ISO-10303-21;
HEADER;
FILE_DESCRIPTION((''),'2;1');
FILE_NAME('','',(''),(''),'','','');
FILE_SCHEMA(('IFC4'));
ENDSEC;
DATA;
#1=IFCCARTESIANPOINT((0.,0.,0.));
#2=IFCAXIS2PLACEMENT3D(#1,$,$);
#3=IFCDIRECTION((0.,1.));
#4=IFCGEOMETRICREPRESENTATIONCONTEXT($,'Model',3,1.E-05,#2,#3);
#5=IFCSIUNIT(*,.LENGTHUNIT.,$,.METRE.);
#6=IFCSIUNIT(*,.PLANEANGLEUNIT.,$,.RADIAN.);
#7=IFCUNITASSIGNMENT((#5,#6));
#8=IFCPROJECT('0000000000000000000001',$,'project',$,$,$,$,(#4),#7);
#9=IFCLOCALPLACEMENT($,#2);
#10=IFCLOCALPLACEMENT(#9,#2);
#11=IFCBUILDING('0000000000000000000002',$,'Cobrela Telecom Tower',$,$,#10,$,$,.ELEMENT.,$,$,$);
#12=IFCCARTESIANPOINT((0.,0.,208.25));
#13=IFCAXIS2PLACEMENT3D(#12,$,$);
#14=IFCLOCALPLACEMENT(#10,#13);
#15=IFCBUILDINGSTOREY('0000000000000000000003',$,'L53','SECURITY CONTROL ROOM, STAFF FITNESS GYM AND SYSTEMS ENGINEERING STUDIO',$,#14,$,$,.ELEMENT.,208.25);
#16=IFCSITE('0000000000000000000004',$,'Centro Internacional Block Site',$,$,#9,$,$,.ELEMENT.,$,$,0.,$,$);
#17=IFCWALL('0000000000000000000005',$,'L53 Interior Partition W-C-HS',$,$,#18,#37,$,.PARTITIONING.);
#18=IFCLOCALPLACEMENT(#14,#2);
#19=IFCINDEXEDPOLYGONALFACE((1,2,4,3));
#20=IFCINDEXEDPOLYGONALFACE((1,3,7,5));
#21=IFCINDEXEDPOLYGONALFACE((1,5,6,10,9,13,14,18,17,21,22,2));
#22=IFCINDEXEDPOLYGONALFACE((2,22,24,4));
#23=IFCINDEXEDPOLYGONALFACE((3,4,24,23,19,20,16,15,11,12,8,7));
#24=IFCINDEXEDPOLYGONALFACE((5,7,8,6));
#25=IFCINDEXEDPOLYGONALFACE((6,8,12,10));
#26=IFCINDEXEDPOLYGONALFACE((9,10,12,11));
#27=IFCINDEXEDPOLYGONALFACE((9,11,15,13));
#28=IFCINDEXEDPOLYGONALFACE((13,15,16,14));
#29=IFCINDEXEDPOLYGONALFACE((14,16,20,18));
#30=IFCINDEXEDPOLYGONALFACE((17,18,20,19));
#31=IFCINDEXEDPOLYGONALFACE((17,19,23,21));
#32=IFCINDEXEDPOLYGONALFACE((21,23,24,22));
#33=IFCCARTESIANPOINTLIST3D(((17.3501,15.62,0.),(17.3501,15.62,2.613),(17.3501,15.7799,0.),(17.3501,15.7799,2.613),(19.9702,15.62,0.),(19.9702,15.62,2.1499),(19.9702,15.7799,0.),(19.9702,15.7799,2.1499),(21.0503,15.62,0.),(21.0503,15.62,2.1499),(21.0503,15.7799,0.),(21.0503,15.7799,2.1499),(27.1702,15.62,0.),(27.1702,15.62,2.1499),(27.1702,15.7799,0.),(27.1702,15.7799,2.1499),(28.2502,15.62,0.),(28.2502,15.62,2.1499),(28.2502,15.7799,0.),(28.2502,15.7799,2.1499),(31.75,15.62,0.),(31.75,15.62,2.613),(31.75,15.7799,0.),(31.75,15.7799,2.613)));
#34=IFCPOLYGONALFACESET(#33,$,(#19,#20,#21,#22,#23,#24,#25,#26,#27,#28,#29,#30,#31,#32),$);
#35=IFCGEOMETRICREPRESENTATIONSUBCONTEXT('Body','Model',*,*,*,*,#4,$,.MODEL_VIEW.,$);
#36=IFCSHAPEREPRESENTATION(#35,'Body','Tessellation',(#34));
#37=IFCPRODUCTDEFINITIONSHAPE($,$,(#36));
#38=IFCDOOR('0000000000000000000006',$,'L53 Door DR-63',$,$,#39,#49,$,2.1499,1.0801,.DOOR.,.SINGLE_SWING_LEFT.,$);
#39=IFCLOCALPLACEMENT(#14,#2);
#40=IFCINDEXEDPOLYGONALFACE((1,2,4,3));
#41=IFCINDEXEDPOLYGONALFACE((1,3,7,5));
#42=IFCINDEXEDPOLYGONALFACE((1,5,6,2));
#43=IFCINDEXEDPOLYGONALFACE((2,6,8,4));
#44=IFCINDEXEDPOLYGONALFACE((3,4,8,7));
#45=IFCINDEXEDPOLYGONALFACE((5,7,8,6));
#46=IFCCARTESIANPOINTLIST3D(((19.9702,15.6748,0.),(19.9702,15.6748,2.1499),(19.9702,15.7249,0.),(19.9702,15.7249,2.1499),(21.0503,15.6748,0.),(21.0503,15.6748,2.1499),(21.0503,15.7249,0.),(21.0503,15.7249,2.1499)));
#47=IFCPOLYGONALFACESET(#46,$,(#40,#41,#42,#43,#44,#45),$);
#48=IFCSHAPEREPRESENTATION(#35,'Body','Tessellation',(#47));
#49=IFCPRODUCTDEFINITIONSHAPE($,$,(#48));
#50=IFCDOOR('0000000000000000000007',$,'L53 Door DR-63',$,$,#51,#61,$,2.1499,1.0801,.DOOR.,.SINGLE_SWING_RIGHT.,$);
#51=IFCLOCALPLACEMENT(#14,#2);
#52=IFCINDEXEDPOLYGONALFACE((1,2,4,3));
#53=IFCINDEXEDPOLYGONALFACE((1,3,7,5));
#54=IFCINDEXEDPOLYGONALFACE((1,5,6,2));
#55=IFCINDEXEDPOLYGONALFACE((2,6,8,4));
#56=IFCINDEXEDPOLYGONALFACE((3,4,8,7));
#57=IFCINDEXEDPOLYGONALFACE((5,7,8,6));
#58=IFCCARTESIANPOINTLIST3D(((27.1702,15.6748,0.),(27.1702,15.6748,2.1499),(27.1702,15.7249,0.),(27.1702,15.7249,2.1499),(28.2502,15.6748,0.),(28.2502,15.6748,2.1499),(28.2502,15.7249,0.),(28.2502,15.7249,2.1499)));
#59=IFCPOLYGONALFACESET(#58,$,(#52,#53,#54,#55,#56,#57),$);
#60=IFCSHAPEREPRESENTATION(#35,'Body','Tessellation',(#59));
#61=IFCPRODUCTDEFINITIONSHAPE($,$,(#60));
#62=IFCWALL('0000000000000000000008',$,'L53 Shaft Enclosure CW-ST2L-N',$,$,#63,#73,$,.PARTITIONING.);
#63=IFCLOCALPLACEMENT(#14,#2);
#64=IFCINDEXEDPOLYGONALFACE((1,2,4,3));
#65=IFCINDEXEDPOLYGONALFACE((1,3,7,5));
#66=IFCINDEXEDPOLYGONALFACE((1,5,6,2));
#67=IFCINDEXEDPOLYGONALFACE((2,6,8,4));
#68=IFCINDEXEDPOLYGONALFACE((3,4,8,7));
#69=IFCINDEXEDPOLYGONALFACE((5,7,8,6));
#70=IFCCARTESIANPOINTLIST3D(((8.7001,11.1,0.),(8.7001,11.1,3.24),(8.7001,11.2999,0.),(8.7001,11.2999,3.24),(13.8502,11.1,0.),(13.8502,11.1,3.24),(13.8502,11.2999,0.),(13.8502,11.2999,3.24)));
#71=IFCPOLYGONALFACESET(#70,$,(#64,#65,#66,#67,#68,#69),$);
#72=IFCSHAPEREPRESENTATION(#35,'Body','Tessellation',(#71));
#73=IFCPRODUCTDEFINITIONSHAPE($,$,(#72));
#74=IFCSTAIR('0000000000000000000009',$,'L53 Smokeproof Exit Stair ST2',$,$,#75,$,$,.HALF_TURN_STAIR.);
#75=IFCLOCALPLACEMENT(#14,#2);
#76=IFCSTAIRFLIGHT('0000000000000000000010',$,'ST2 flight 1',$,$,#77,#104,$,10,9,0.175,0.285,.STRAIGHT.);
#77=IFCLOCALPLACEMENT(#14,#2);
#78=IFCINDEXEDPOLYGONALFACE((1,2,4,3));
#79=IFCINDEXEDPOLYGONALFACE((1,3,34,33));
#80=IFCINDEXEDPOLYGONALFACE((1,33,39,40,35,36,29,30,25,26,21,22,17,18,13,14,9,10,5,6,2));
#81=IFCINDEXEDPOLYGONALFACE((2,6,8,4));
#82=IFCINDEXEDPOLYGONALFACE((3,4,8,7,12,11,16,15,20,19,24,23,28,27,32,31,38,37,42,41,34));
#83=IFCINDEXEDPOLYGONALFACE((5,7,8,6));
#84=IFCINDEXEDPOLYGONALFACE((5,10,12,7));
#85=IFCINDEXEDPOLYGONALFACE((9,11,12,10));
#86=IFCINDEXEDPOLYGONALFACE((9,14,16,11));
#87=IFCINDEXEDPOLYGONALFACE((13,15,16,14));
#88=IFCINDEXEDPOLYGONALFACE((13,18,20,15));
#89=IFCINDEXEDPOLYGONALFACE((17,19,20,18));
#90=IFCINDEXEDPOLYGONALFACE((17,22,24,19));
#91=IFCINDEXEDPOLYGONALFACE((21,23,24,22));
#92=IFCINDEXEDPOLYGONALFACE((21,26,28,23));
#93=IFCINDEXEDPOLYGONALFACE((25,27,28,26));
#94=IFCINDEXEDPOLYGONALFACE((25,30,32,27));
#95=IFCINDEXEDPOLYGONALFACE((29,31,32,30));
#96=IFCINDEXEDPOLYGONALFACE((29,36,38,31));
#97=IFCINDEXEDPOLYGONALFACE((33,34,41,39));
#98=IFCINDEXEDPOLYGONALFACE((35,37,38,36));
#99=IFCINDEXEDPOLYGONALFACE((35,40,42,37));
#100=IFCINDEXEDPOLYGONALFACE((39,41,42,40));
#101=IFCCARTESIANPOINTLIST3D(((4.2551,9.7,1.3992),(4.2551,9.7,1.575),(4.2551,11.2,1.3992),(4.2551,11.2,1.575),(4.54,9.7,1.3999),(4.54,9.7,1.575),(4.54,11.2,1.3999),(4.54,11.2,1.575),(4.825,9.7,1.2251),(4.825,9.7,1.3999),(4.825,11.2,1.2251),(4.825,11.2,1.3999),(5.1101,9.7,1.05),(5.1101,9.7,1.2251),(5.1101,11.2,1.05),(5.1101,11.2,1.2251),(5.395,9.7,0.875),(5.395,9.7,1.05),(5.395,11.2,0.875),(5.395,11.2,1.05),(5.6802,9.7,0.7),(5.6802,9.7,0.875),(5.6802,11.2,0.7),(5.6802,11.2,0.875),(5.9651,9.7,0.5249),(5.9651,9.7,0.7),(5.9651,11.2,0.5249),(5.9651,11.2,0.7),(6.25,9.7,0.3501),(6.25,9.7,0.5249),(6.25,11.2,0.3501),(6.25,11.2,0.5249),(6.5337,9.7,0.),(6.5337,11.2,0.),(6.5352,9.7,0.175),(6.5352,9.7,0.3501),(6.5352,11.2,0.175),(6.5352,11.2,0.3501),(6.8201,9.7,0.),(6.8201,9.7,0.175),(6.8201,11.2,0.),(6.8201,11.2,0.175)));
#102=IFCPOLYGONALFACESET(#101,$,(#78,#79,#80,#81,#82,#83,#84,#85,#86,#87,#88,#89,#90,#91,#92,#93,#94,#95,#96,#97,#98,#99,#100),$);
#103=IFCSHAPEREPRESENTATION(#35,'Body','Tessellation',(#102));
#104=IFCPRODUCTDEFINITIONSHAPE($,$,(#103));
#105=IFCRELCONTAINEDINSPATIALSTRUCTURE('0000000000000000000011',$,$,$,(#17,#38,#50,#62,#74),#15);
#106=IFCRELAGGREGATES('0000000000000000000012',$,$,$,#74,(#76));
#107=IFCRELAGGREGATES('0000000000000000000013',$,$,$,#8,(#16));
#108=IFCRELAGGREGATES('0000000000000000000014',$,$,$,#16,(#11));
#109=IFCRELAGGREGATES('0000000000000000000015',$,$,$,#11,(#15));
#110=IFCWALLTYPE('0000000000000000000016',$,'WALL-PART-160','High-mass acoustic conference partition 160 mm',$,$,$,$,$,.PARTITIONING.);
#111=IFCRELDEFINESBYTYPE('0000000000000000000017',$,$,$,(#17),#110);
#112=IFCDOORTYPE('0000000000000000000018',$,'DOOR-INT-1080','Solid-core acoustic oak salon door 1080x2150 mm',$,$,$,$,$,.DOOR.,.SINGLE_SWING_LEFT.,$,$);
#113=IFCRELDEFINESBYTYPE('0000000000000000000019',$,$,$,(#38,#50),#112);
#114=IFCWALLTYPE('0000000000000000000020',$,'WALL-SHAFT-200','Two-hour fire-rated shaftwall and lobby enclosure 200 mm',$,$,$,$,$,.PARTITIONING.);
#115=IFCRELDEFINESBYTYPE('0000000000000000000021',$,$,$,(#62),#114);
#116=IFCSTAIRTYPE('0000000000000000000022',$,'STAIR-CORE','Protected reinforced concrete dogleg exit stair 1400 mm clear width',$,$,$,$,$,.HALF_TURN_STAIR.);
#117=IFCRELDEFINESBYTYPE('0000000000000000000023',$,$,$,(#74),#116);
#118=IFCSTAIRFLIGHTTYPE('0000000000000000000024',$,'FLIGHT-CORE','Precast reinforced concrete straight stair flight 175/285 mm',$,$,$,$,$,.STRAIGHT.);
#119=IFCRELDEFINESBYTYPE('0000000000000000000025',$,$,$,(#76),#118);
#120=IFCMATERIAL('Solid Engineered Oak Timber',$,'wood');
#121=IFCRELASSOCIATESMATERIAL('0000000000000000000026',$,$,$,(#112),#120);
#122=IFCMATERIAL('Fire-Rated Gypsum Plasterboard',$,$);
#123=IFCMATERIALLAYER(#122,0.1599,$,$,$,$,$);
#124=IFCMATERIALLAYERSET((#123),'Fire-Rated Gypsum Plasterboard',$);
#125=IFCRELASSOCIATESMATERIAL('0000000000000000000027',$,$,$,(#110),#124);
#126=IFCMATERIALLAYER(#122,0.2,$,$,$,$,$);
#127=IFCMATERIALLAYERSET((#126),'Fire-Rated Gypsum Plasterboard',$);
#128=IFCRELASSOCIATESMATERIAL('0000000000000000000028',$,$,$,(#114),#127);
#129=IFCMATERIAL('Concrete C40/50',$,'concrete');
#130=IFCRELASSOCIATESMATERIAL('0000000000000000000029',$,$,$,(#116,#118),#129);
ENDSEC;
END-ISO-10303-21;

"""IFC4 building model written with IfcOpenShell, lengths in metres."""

from ifc_helpers import new_model, si_unit, direction, frame, frame_2d, origin, place, context, subcontext, project, spatial, polyline, rectangle, outline, extrude, material, layer, layer_set, type_object, element, fill, aggregate, save


model = new_model("IFC4")

# Units and contexts
model_context = context("Model", 3, precision=1e-05, world=origin(), true_north=direction((0.0, 1.0)))
body_context = subcontext(model_context, "Body", "Model", "MODEL_VIEW")
ifc_project = project(units=[si_unit("LENGTHUNIT", "METRE"), si_unit("PLANEANGLEUNIT", "RADIAN")], contexts=[model_context])

# Site, building, storey
site_placement = place(None, origin())
site = spatial("IfcSite", under=ifc_project, at=site_placement, Name="Centro Internacional Block Site", CompositionType="ELEMENT", RefElevation=0.0)
building_placement = place(site_placement, origin())
building = spatial("IfcBuilding", under=site, at=building_placement, Name="Cobrela Telecom Tower", CompositionType="ELEMENT")
storey_placement = place(building_placement, frame((0.0, 0.0, 208.25)))
storey = spatial("IfcBuildingStorey", under=building, at=storey_placement, Name="L53", Description="SECURITY CONTROL ROOM, STAFF FITNESS GYM AND SYSTEMS ENGINEERING STUDIO", CompositionType="ELEMENT", Elevation=208.25)

# Shared definitions
ifc_material_1 = material(Name="Fire-Rated Gypsum Plasterboard")
ifc_material_2 = material(Name="Solid Engineered Oak Timber", Category="wood")

# Shared definitions
door_type_1 = type_object("IfcDoorType", Name="DOOR-INT-1080", Description="Solid-core acoustic oak salon door 1080x2150 mm", OperationType="SINGLE_SWING_LEFT", PredefinedType="DOOR", material=ifc_material_2)

# Shared definitions
ifc_layer_1 = layer(ifc_material_1, 0.1599)
ifc_layer_set_1 = layer_set([ifc_layer_1], Name="Fire-Rated Gypsum Plasterboard")
wall_type_1 = type_object("IfcWallType", Name="WALL-PART-160", Description="High-mass acoustic conference partition 160 mm", PredefinedType="PARTITIONING", material=ifc_layer_set_1)

# Wall, openings, doors
wall_1_placement = place(storey_placement, frame((17.3501, 15.7, 0.0), z_axis=(0.0, 0.0, 1.0), x_axis=(1.0, 0.0, 0.0)))
wall_1 = element("IfcWall", 1, at=wall_1_placement, inside=storey, type_object=wall_type_1, Name="L53 Interior Partition W-C-HS", PredefinedType="PARTITIONING", context=body_context, shape_type="SweptSolid", body=[
    extrude(rectangle(XDim=14.3999, YDim=0.1599, at=frame_2d((7.2, 0.0))), origin(), (0.0, 0.0, 1.0), 2.613),
])
opening_1_placement = place(wall_1_placement, frame((2.6201, 0.0, 0.0)))
opening_1 = element("IfcOpeningElement", 2, at=opening_1_placement, cuts=wall_1, PredefinedType="OPENING", context=body_context, shape_type="SweptSolid", body=[
    extrude(rectangle(XDim=1.0801, YDim=2.1499, at=frame_2d((0.54, 1.075))), frame((0.0, 0.0918, 0.0), z_axis=(0.0, -1.0, 0.0), x_axis=(1.0, 0.0, 0.0)), (0.0, 0.0, 1.0), 0.1838),
])
opening_2_placement = place(wall_1_placement, frame((9.8201, 0.0, 0.0)))
opening_2 = element("IfcOpeningElement", 3, at=opening_2_placement, cuts=wall_1, PredefinedType="OPENING", context=body_context, shape_type="SweptSolid", body=[
    extrude(rectangle(XDim=1.0801, YDim=2.1499, at=frame_2d((0.54, 1.075))), frame((0.0, 0.0918, 0.0), z_axis=(0.0, -1.0, 0.0), x_axis=(1.0, 0.0, 0.0)), (0.0, 0.0, 1.0), 0.1838),
])
door_1_placement = place(opening_1_placement, origin())
door_1 = element("IfcDoor", 4, at=door_1_placement, inside=storey, type_object=door_type_1, Name="L53 Door DR-63", OperationType="SINGLE_SWING_LEFT", OverallHeight=2.1499, OverallWidth=1.0801, PredefinedType="DOOR", context=body_context, shape_type="SweptSolid", body=[
    extrude(rectangle(XDim=1.0801, YDim=2.1499, at=frame_2d((0.54, 1.075))), frame((0.0, 0.0249, 0.0), z_axis=(0.0, -1.0, 0.0), x_axis=(1.0, 0.0, 0.0)), (0.0, 0.0, 1.0), 0.05),
])
fill(opening_1, door_1)
door_2_placement = place(opening_2_placement, origin())
door_2 = element("IfcDoor", 5, at=door_2_placement, inside=storey, type_object=door_type_1, Name="L53 Door DR-63", OperationType="SINGLE_SWING_RIGHT", OverallHeight=2.1499, OverallWidth=1.0801, PredefinedType="DOOR", context=body_context, shape_type="SweptSolid", body=[
    extrude(rectangle(XDim=1.0801, YDim=2.1499, at=frame_2d((0.54, 1.075))), frame((0.0, 0.0249, 0.0), z_axis=(0.0, -1.0, 0.0), x_axis=(1.0, 0.0, 0.0)), (0.0, 0.0, 1.0), 0.05),
])
fill(opening_2, door_2)

# Wall
ifc_layer_2 = layer(ifc_material_1, 0.2)
ifc_layer_set_2 = layer_set([ifc_layer_2], Name="Fire-Rated Gypsum Plasterboard")
wall_type_2 = type_object("IfcWallType", Name="WALL-SHAFT-200", Description="Two-hour fire-rated shaftwall and lobby enclosure 200 mm", PredefinedType="PARTITIONING", material=ifc_layer_set_2)
wall_2_placement = place(storey_placement, frame((8.7, 11.2, 0.0), z_axis=(0.0, 0.0, 1.0), x_axis=(1.0, 0.0, 0.0)))
element("IfcWall", 6, at=wall_2_placement, inside=storey, type_object=wall_type_2, Name="L53 Shaft Enclosure CW-ST2L-N", PredefinedType="PARTITIONING", context=body_context, shape_type="SweptSolid", body=[
    extrude(rectangle(XDim=5.1501, YDim=0.2, at=frame_2d((2.5752, 0.0))), origin(), (0.0, 0.0, 1.0), 3.24),
])

# Stair, stair flight
ifc_material_3 = material(Name="Concrete C40/50", Category="concrete")
stair_type = type_object("IfcStairType", Name="STAIR-CORE", Description="Protected reinforced concrete dogleg exit stair 1400 mm clear width", PredefinedType="HALF_TURN_STAIR", material=ifc_material_3)
stair_placement = place(storey_placement, origin())
stair = element("IfcStair", 7, at=stair_placement, inside=storey, type_object=stair_type, Name="L53 Smokeproof Exit Stair ST2", PredefinedType="HALF_TURN_STAIR")
stair_flight_type = type_object("IfcStairFlightType", Name="FLIGHT-CORE", Description="Precast reinforced concrete straight stair flight 175/285 mm", PredefinedType="STRAIGHT", material=ifc_material_3)
stair_flight_placement = place(storey_placement, frame((6.8201, 10.45, 0.0), z_axis=(0.0, 0.0, 1.0), x_axis=(-1.0, 0.0, 0.0)))
stair_flight = element("IfcStairFlight", 8, at=stair_flight_placement, type_object=stair_flight_type, Name="ST2 flight 1", NumberOfRisers=10, NumberOfTreads=9, PredefinedType="STRAIGHT", RiserHeight=0.175, TreadLength=0.285, context=body_context, shape_type="SweptSolid", body=[
    extrude(outline(polyline([(0.0, 0.0), (0.0, 0.175), (0.2849, 0.175), (0.2849, 0.3501), (0.5701, 0.3501), (0.5701, 0.5249), (0.855, 0.5249), (0.855, 0.7), (1.1399, 0.7), (1.1399, 0.875), (1.425, 0.875), (1.425, 1.05), (1.71, 1.05), (1.71, 1.2251), (1.9951, 1.2251), (1.9951, 1.3999), (2.28, 1.3999), (2.28, 1.575), (2.5649, 1.575), (2.5649, 1.75), (2.5649, 1.3992), (0.2864, 0.0), (0.0, 0.0)])), frame((0.0, 0.75, 0.0), z_axis=(0.0, -1.0, 0.0), x_axis=(1.0, 0.0, 0.0)), (0.0, 0.0, 1.0), 1.5),
])
aggregate(stair, [stair_flight])

save(model, "model.ifc")
